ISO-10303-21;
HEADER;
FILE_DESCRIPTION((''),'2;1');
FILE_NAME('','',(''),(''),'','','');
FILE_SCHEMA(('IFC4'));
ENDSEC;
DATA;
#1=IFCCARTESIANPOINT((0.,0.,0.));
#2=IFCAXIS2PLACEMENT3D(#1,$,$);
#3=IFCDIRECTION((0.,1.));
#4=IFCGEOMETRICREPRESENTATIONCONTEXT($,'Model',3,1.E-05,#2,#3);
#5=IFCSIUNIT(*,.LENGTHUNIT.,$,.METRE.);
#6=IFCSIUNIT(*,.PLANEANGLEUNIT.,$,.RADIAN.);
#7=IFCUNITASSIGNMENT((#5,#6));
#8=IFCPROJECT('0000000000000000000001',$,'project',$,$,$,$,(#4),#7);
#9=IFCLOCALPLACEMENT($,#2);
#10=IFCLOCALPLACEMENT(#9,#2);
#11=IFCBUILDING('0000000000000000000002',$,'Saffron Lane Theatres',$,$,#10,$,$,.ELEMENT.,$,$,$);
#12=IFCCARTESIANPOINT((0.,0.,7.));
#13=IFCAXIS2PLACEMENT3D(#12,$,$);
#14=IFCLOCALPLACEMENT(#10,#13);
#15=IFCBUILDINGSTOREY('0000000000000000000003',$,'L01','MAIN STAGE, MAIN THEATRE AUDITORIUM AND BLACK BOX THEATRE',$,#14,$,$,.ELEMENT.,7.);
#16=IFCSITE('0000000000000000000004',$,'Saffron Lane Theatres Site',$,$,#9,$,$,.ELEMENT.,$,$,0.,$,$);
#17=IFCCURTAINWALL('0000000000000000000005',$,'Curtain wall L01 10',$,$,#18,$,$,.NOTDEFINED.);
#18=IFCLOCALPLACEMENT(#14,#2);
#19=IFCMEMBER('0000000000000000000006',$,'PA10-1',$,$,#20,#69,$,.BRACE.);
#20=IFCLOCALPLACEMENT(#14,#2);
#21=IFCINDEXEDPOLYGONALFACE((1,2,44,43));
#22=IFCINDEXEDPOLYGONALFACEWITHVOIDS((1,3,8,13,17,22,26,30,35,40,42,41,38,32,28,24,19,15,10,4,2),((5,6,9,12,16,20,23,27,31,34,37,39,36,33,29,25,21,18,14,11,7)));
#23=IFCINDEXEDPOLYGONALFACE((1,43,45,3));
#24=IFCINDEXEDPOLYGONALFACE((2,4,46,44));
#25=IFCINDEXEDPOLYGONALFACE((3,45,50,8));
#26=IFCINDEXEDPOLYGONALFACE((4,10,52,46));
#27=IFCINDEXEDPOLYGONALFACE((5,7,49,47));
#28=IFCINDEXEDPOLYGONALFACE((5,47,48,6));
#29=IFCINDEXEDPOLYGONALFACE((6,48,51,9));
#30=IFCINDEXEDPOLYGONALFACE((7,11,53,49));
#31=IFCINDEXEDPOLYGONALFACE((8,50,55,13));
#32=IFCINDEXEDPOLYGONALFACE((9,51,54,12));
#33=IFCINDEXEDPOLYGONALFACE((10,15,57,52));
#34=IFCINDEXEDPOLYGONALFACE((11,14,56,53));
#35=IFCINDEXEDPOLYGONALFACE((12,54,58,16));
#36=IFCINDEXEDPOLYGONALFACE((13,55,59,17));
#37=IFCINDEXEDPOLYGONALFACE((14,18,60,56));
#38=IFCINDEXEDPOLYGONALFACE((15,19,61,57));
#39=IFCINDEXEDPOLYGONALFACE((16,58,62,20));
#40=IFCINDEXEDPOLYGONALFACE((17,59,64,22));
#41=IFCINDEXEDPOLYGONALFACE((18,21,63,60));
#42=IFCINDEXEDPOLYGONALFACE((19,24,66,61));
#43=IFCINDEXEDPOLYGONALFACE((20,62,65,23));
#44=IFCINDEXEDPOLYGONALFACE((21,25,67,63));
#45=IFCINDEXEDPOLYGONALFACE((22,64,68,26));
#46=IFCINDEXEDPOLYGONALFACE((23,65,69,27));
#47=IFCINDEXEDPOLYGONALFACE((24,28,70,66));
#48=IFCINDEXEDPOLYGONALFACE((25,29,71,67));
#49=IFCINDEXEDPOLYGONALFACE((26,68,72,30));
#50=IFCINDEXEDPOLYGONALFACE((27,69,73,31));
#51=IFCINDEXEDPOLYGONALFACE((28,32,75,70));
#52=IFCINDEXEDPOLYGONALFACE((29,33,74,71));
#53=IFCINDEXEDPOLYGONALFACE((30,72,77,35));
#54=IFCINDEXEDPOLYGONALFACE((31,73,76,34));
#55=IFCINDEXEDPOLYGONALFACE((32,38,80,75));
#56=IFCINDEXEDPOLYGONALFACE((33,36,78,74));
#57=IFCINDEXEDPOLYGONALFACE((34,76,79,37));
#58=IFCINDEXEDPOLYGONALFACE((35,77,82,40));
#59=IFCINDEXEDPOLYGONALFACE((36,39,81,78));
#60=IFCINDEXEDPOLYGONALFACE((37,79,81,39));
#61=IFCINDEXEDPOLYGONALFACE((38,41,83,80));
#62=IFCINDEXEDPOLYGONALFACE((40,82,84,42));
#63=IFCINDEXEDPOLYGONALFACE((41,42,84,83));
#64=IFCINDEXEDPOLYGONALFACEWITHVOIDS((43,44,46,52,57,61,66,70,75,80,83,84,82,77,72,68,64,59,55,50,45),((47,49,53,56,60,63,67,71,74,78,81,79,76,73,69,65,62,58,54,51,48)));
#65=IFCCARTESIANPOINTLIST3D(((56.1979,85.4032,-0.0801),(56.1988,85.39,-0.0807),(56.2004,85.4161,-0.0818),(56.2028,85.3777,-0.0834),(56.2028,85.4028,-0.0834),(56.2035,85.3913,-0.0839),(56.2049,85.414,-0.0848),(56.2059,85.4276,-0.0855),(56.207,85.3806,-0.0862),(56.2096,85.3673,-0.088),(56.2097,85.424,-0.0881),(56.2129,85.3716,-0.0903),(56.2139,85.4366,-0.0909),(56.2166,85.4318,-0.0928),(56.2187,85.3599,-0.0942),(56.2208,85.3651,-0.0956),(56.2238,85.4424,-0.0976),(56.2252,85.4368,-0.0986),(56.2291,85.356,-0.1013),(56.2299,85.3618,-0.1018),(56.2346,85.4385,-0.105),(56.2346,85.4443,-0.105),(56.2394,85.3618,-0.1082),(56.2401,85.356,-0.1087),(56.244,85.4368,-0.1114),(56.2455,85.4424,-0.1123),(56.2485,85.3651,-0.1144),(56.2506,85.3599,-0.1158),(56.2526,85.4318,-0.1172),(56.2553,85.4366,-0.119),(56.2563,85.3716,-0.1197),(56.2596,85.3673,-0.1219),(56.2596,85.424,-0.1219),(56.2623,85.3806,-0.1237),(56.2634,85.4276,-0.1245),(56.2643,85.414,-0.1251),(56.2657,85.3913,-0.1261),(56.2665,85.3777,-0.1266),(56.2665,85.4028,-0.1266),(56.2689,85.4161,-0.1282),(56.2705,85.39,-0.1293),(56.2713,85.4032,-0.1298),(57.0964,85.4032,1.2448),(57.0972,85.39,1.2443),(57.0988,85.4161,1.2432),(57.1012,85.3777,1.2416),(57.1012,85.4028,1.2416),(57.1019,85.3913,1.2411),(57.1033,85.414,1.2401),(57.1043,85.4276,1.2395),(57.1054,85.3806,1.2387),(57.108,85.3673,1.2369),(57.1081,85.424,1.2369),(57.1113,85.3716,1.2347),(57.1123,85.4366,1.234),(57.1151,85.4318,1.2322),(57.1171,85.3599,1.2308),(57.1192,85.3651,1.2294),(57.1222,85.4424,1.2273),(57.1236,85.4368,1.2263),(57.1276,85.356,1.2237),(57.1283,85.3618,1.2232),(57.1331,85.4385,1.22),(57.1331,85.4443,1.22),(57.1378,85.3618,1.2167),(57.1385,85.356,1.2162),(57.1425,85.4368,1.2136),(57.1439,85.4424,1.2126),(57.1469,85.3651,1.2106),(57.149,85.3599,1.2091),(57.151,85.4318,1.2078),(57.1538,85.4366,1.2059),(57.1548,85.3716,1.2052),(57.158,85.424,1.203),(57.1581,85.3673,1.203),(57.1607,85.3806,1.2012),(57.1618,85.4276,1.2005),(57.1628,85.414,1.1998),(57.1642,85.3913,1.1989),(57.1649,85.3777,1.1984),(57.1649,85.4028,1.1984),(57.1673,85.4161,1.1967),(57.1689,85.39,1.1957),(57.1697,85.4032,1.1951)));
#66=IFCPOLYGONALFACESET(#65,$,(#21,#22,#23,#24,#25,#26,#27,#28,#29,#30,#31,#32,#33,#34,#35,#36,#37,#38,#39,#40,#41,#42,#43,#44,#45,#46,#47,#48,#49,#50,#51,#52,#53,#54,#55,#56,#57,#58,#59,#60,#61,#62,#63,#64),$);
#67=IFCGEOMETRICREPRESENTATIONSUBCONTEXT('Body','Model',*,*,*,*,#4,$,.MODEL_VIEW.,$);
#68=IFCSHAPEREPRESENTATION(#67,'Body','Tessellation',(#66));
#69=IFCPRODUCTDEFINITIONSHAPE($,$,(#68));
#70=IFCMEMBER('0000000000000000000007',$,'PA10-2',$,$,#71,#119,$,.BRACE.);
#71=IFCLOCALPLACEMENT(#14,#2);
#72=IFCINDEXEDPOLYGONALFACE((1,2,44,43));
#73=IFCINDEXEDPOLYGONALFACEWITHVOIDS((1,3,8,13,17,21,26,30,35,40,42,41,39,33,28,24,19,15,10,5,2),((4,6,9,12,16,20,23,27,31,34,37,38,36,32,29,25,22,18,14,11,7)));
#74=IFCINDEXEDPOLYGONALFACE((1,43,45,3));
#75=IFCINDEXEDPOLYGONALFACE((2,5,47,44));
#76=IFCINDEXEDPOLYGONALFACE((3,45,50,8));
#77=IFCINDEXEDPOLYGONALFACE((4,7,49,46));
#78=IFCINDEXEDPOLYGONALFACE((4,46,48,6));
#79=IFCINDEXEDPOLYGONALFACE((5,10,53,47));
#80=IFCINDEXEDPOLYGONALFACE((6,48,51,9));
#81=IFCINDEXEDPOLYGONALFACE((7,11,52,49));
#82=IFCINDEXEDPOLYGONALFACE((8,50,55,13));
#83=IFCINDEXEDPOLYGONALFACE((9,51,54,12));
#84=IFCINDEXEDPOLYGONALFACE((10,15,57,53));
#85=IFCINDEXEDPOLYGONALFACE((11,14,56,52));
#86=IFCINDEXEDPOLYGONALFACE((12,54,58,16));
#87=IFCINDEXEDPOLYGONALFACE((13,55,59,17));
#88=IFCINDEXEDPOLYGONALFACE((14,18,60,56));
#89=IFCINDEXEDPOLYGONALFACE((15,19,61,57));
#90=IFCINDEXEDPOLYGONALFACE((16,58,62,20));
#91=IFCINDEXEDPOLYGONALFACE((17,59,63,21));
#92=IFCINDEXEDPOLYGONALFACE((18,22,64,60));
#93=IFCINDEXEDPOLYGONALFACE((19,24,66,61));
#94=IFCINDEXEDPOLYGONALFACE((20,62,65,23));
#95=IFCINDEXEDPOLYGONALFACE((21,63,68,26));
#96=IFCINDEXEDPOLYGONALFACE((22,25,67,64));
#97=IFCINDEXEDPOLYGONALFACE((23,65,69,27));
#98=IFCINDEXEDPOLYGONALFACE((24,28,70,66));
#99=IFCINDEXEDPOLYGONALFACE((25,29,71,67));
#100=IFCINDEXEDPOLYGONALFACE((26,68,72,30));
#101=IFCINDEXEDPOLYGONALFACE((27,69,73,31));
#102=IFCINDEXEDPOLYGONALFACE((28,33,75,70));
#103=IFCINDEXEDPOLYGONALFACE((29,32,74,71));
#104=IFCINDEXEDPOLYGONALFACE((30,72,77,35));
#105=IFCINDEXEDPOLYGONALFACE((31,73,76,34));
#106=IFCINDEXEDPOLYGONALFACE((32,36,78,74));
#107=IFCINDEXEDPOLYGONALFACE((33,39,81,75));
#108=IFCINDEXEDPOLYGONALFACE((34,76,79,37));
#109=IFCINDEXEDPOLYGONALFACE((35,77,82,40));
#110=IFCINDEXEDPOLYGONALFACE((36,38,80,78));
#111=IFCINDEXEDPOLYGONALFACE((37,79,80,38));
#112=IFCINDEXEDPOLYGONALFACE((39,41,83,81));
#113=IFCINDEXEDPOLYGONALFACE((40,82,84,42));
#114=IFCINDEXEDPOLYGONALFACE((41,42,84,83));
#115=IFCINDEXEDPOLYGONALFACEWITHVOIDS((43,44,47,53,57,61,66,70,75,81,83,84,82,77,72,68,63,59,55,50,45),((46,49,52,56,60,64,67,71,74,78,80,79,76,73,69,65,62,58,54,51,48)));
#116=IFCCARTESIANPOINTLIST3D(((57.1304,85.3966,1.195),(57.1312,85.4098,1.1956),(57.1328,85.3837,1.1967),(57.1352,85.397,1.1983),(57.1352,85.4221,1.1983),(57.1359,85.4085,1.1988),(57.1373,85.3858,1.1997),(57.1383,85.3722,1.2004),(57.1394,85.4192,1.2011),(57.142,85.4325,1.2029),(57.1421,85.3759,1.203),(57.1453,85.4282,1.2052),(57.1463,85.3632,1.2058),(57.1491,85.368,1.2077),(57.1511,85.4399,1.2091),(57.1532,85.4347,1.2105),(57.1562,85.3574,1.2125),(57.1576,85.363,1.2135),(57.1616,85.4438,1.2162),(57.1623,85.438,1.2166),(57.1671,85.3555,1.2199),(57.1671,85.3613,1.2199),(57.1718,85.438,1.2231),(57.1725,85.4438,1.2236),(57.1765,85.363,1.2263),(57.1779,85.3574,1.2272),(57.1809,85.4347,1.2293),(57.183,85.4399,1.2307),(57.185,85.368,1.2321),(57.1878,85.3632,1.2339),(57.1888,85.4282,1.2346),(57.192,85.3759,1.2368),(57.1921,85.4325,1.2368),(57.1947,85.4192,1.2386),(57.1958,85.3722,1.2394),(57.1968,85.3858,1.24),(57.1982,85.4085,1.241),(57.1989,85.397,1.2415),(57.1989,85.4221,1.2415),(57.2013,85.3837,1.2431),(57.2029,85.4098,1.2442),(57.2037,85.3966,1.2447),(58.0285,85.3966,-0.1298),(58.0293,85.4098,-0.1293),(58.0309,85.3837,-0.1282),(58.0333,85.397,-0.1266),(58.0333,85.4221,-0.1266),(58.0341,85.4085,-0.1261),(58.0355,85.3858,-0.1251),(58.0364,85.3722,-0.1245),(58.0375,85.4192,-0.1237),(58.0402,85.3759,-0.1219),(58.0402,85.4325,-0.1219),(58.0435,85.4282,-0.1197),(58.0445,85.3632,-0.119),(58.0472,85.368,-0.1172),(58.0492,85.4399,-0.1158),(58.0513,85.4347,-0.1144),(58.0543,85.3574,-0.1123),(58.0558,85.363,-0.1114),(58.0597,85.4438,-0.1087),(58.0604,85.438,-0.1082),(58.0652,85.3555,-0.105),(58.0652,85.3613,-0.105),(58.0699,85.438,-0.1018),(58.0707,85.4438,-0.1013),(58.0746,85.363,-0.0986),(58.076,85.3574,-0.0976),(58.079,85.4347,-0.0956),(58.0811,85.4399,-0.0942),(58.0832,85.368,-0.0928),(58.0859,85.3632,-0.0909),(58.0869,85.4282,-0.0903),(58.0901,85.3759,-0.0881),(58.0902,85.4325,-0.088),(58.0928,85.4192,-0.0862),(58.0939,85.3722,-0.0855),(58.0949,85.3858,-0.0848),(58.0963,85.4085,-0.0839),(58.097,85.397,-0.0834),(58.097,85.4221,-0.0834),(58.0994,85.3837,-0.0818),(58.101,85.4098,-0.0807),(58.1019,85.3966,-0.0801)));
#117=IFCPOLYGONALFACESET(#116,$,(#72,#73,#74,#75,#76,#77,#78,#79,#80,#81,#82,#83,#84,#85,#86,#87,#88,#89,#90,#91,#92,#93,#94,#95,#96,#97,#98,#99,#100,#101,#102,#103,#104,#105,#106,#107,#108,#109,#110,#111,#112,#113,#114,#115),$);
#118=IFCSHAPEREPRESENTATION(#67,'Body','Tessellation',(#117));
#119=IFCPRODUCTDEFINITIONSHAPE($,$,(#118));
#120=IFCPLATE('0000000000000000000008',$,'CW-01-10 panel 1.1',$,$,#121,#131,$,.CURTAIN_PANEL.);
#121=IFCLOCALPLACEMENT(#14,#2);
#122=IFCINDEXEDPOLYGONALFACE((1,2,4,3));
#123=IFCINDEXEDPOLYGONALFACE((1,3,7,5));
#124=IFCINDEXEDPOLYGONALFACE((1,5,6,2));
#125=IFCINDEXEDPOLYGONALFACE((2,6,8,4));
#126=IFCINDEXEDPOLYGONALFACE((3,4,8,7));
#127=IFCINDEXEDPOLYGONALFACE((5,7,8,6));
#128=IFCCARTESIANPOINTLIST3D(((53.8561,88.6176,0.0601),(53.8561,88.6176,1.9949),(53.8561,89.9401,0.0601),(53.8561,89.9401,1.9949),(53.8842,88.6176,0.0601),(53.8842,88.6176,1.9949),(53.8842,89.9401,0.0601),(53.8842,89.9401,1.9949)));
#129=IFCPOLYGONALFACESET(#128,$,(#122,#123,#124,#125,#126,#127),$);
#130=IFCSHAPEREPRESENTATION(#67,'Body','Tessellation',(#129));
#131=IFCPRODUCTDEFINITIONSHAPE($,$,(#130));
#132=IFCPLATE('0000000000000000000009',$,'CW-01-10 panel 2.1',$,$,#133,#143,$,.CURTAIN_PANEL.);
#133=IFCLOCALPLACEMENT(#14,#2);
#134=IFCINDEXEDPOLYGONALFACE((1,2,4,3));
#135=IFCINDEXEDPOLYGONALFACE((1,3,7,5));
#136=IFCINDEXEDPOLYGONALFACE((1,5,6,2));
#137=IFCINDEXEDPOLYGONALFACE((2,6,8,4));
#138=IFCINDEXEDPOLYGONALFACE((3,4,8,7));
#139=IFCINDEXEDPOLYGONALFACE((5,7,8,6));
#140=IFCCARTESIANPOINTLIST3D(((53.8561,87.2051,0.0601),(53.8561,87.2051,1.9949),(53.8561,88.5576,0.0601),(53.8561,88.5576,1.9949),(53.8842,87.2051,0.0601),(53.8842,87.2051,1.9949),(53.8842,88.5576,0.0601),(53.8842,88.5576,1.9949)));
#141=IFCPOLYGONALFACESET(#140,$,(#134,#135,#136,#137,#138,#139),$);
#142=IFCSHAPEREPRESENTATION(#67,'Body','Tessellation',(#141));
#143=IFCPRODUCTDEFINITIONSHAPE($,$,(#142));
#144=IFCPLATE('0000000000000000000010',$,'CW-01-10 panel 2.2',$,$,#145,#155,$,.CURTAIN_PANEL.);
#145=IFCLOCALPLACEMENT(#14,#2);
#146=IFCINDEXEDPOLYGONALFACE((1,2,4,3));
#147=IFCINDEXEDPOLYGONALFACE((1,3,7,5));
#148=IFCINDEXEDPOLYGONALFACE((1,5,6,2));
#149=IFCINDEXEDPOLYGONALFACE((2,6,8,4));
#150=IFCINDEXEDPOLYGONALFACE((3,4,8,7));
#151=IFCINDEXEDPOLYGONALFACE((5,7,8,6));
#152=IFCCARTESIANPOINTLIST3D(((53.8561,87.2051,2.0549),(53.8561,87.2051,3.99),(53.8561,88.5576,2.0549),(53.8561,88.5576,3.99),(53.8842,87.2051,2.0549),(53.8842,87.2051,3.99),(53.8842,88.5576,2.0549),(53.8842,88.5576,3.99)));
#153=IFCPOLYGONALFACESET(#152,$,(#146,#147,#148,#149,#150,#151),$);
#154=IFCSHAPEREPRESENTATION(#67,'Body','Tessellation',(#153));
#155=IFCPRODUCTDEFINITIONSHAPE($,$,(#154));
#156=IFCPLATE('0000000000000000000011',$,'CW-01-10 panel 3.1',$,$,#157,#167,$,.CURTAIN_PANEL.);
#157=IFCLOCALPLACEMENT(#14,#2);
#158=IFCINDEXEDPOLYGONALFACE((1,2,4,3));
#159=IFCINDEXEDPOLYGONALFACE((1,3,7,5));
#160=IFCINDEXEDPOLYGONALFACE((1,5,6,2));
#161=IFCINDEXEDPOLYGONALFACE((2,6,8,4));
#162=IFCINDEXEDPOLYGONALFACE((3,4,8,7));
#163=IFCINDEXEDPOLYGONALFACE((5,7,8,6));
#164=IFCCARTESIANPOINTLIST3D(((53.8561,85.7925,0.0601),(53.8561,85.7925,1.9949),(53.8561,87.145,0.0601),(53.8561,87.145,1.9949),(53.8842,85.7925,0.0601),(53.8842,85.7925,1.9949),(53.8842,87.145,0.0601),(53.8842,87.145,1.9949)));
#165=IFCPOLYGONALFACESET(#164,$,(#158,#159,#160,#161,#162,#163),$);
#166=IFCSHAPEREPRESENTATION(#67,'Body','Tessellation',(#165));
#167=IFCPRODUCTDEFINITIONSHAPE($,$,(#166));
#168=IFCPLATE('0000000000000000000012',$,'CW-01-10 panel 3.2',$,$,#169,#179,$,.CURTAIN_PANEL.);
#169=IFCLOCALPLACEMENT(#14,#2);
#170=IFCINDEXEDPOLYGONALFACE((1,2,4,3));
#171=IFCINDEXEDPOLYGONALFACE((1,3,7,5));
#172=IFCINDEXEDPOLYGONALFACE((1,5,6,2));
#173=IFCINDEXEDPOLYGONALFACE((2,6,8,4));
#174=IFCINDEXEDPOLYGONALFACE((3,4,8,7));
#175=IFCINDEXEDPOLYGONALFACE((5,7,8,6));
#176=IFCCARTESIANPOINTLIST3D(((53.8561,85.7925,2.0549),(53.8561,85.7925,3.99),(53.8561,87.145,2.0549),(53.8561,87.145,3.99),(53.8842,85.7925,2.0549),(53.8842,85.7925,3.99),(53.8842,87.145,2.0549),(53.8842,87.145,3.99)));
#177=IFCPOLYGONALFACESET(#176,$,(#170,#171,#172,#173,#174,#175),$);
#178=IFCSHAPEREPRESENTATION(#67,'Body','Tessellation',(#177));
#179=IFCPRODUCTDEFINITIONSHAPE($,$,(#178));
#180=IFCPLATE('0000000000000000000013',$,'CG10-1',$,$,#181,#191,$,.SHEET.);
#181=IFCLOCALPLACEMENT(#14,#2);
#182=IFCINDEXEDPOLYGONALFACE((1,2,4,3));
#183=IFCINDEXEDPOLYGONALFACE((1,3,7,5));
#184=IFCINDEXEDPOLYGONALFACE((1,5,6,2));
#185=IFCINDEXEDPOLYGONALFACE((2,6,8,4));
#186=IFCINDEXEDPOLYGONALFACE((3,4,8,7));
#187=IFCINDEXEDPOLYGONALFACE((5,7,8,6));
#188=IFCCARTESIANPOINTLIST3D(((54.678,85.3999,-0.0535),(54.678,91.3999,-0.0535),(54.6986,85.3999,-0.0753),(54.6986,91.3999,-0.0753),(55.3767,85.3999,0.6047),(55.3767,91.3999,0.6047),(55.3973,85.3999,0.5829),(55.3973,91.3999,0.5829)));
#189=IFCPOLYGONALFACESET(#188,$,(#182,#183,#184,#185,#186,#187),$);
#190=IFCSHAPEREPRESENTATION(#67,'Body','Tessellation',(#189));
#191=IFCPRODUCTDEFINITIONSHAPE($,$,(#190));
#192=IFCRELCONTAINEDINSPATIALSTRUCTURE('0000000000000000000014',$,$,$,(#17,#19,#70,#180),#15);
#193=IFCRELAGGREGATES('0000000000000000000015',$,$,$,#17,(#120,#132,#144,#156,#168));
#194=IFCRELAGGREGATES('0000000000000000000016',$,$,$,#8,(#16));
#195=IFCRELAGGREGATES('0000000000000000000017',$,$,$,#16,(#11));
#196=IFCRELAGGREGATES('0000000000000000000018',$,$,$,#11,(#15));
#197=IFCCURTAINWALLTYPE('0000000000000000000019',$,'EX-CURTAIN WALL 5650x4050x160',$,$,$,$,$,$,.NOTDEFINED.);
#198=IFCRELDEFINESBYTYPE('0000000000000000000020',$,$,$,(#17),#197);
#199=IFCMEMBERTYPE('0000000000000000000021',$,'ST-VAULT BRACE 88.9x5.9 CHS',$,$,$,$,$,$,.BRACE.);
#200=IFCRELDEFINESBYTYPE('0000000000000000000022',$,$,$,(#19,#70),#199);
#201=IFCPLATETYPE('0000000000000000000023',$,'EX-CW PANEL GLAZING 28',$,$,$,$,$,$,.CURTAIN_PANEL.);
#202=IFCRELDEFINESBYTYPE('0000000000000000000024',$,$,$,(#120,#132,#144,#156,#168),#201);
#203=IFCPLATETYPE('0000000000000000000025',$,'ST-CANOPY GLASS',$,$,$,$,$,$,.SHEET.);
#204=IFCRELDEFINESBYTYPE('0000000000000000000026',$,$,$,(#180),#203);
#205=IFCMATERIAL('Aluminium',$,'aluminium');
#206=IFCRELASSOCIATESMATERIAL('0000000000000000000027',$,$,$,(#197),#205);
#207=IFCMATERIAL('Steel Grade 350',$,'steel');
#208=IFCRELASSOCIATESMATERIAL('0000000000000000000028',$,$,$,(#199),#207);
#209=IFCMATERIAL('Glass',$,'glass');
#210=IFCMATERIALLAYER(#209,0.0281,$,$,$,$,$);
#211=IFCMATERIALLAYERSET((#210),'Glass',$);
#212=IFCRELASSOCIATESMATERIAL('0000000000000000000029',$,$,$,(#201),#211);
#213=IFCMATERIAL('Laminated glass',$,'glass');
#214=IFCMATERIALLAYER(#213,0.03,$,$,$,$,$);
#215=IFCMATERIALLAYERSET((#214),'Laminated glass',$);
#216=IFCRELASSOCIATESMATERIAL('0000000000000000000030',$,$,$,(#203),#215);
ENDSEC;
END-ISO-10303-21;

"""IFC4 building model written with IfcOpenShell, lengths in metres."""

from ifc_helpers import new_model, si_unit, direction, frame, origin, origin_2d, place, context, subcontext, project, spatial, polyline, rectangle, hollow_circle, outline, extrude, material, layer, layer_set, material_profile, profile_set, type_object, element, aggregate, save


model = new_model("IFC4")

# Units and contexts
model_context = context("Model", 3, precision=1e-05, world=origin(), true_north=direction((0.0, 1.0)))
body_context = subcontext(model_context, "Body", "Model", "MODEL_VIEW")
ifc_project = project(units=[si_unit("LENGTHUNIT", "METRE"), si_unit("PLANEANGLEUNIT", "RADIAN")], contexts=[model_context])

# Site, building, storey
site_placement = place(None, origin())
site = spatial("IfcSite", under=ifc_project, at=site_placement, Name="Saffron Lane Theatres Site", CompositionType="ELEMENT", RefElevation=0.0)
building_placement = place(site_placement, origin())
building = spatial("IfcBuilding", under=site, at=building_placement, Name="Saffron Lane Theatres", CompositionType="ELEMENT")
storey_placement = place(building_placement, frame((0.0, 0.0, 7.0)))
storey = spatial("IfcBuildingStorey", under=building, at=storey_placement, Name="L01", Description="MAIN STAGE, MAIN THEATRE AUDITORIUM AND BLACK BOX THEATRE", CompositionType="ELEMENT", Elevation=7.0)

# Curtain wall
ifc_material_1 = material(Name="Aluminium", Category="aluminium")
curtain_wall_type = type_object("IfcCurtainWallType", Name="EX-CURTAIN WALL 5650x4050x160", PredefinedType="NOTDEFINED", material=ifc_material_1)
curtain_wall_placement = place(storey_placement, origin())
curtain_wall = element("IfcCurtainWall", 1, at=curtain_wall_placement, inside=storey, type_object=curtain_wall_type, Name="Curtain wall L01 10", PredefinedType="NOTDEFINED")

# Members
ifc_material_2 = material(Name="Steel Grade 350", Category="steel")
ifc_material_profile_1 = material_profile(ifc_material_2, hollow_circle(Radius=0.0444, WallThickness=0.0059, at=origin_2d()))
ifc_profile_set_1 = profile_set([ifc_material_profile_1], Name="Steel Grade 350")
member_type_1 = type_object("IfcMemberType", Name="ST-VAULT BRACE 88.9x5.9 CHS", PredefinedType="BRACE", material=ifc_profile_set_1)
member_1_placement = place(storey_placement, frame((56.2346, 85.3999, -0.105), z_axis=(0.561229, 0.0, 0.82766), x_axis=(0.0, 1.0, 0.0)))
element("IfcMember", 2, at=member_1_placement, inside=storey, type_object=member_type_1, Name="PA10-1", PredefinedType="BRACE", context=body_context, shape_type="SweptSolid", body=[
    extrude(hollow_circle(Radius=0.0444, WallThickness=0.0059, at=origin_2d()), origin(), (0.0, 0.0, 1.0), 1.6008),
])
member_2_placement = place(storey_placement, frame((58.0652, 85.3999, -0.105), z_axis=(-0.561125, 0.0, 0.827731), x_axis=(0.0, -1.0, 0.0)))
element("IfcMember", 3, at=member_2_placement, inside=storey, type_object=member_type_1, Name="PA10-2", PredefinedType="BRACE", context=body_context, shape_type="SweptSolid", body=[
    extrude(hollow_circle(Radius=0.0444, WallThickness=0.0059, at=origin_2d()), origin(), (0.0, 0.0, 1.0), 1.6006),
])

# Plates
ifc_material_3 = material(Name="Glass", Category="glass")
ifc_layer_1 = layer(ifc_material_3, 0.0281)
ifc_layer_set_1 = layer_set([ifc_layer_1], Name="Glass")
plate_type_1 = type_object("IfcPlateType", Name="EX-CW PANEL GLAZING 28", PredefinedType="CURTAIN_PANEL", material=ifc_layer_set_1)
plate_1_placement = place(storey_placement, frame((53.8701, 89.2788, 0.0601), z_axis=(0.0, 0.0, 1.0), x_axis=(0.0, -1.0, 0.0)))
plate_1 = element("IfcPlate", 4, at=plate_1_placement, type_object=plate_type_1, Name="CW-01-10 panel 1.1", PredefinedType="CURTAIN_PANEL", context=body_context, shape_type="SweptSolid", body=[
    extrude(rectangle(XDim=1.3225, YDim=0.0281, at=origin_2d()), origin(), (0.0, 0.0, 1.0), 1.9348),
])
plate_2_placement = place(storey_placement, frame((53.8701, 87.8813, 0.0601), z_axis=(0.0, 0.0, 1.0), x_axis=(0.0, -1.0, 0.0)))
plate_2 = element("IfcPlate", 5, at=plate_2_placement, type_object=plate_type_1, Name="CW-01-10 panel 2.1", PredefinedType="CURTAIN_PANEL", context=body_context, shape_type="SweptSolid", body=[
    extrude(rectangle(XDim=1.3525, YDim=0.0281, at=origin_2d()), origin(), (0.0, 0.0, 1.0), 1.9348),
])
plate_3_placement = place(storey_placement, frame((53.8701, 87.8813, 2.0549), z_axis=(0.0, 0.0, 1.0), x_axis=(0.0, -1.0, 0.0)))
plate_3 = element("IfcPlate", 6, at=plate_3_placement, type_object=plate_type_1, Name="CW-01-10 panel 2.2", PredefinedType="CURTAIN_PANEL", context=body_context, shape_type="SweptSolid", body=[
    extrude(rectangle(XDim=1.3525, YDim=0.0281, at=origin_2d()), origin(), (0.0, 0.0, 1.0), 1.9351),
])
plate_4_placement = place(storey_placement, frame((53.8701, 86.4688, 0.0601), z_axis=(0.0, 0.0, 1.0), x_axis=(0.0, -1.0, 0.0)))
plate_4 = element("IfcPlate", 7, at=plate_4_placement, type_object=plate_type_1, Name="CW-01-10 panel 3.1", PredefinedType="CURTAIN_PANEL", context=body_context, shape_type="SweptSolid", body=[
    extrude(rectangle(XDim=1.3525, YDim=0.0281, at=origin_2d()), origin(), (0.0, 0.0, 1.0), 1.9348),
])
plate_5_placement = place(storey_placement, frame((53.8701, 86.4688, 2.0549), z_axis=(0.0, 0.0, 1.0), x_axis=(0.0, -1.0, 0.0)))
plate_5 = element("IfcPlate", 8, at=plate_5_placement, type_object=plate_type_1, Name="CW-01-10 panel 3.2", PredefinedType="CURTAIN_PANEL", context=body_context, shape_type="SweptSolid", body=[
    extrude(rectangle(XDim=1.3525, YDim=0.0281, at=origin_2d()), origin(), (0.0, 0.0, 1.0), 1.9351),
])
aggregate(curtain_wall, [plate_1, plate_2, plate_3, plate_4, plate_5])

# Plate
ifc_material_4 = material(Name="Laminated glass", Category="glass")
ifc_layer_2 = layer(ifc_material_4, 0.03)
ifc_layer_set_2 = layer_set([ifc_layer_2], Name="Laminated glass")
plate_type_2 = type_object("IfcPlateType", Name="ST-CANOPY GLASS", PredefinedType="SHEET", material=ifc_layer_set_2)
plate_6_placement = place(storey_placement, frame((54.678, 85.3999, -0.0535), z_axis=(-0.685682, 0.0, 0.727901), x_axis=(0.727901, 0.0, 0.685682)))
element("IfcPlate", 9, at=plate_6_placement, inside=storey, type_object=plate_type_2, Name="CG10-1", PredefinedType="SHEET", context=body_context, shape_type="SweptSolid", body=[
    extrude(outline(polyline([(0.0, 0.0), (0.9599, 0.0), (0.9599, 6.0), (0.0, 6.0), (0.0, 0.0)])), origin(), (0.0, 0.0, -1.0), 0.03),
])

save(model, "model.ifc")
